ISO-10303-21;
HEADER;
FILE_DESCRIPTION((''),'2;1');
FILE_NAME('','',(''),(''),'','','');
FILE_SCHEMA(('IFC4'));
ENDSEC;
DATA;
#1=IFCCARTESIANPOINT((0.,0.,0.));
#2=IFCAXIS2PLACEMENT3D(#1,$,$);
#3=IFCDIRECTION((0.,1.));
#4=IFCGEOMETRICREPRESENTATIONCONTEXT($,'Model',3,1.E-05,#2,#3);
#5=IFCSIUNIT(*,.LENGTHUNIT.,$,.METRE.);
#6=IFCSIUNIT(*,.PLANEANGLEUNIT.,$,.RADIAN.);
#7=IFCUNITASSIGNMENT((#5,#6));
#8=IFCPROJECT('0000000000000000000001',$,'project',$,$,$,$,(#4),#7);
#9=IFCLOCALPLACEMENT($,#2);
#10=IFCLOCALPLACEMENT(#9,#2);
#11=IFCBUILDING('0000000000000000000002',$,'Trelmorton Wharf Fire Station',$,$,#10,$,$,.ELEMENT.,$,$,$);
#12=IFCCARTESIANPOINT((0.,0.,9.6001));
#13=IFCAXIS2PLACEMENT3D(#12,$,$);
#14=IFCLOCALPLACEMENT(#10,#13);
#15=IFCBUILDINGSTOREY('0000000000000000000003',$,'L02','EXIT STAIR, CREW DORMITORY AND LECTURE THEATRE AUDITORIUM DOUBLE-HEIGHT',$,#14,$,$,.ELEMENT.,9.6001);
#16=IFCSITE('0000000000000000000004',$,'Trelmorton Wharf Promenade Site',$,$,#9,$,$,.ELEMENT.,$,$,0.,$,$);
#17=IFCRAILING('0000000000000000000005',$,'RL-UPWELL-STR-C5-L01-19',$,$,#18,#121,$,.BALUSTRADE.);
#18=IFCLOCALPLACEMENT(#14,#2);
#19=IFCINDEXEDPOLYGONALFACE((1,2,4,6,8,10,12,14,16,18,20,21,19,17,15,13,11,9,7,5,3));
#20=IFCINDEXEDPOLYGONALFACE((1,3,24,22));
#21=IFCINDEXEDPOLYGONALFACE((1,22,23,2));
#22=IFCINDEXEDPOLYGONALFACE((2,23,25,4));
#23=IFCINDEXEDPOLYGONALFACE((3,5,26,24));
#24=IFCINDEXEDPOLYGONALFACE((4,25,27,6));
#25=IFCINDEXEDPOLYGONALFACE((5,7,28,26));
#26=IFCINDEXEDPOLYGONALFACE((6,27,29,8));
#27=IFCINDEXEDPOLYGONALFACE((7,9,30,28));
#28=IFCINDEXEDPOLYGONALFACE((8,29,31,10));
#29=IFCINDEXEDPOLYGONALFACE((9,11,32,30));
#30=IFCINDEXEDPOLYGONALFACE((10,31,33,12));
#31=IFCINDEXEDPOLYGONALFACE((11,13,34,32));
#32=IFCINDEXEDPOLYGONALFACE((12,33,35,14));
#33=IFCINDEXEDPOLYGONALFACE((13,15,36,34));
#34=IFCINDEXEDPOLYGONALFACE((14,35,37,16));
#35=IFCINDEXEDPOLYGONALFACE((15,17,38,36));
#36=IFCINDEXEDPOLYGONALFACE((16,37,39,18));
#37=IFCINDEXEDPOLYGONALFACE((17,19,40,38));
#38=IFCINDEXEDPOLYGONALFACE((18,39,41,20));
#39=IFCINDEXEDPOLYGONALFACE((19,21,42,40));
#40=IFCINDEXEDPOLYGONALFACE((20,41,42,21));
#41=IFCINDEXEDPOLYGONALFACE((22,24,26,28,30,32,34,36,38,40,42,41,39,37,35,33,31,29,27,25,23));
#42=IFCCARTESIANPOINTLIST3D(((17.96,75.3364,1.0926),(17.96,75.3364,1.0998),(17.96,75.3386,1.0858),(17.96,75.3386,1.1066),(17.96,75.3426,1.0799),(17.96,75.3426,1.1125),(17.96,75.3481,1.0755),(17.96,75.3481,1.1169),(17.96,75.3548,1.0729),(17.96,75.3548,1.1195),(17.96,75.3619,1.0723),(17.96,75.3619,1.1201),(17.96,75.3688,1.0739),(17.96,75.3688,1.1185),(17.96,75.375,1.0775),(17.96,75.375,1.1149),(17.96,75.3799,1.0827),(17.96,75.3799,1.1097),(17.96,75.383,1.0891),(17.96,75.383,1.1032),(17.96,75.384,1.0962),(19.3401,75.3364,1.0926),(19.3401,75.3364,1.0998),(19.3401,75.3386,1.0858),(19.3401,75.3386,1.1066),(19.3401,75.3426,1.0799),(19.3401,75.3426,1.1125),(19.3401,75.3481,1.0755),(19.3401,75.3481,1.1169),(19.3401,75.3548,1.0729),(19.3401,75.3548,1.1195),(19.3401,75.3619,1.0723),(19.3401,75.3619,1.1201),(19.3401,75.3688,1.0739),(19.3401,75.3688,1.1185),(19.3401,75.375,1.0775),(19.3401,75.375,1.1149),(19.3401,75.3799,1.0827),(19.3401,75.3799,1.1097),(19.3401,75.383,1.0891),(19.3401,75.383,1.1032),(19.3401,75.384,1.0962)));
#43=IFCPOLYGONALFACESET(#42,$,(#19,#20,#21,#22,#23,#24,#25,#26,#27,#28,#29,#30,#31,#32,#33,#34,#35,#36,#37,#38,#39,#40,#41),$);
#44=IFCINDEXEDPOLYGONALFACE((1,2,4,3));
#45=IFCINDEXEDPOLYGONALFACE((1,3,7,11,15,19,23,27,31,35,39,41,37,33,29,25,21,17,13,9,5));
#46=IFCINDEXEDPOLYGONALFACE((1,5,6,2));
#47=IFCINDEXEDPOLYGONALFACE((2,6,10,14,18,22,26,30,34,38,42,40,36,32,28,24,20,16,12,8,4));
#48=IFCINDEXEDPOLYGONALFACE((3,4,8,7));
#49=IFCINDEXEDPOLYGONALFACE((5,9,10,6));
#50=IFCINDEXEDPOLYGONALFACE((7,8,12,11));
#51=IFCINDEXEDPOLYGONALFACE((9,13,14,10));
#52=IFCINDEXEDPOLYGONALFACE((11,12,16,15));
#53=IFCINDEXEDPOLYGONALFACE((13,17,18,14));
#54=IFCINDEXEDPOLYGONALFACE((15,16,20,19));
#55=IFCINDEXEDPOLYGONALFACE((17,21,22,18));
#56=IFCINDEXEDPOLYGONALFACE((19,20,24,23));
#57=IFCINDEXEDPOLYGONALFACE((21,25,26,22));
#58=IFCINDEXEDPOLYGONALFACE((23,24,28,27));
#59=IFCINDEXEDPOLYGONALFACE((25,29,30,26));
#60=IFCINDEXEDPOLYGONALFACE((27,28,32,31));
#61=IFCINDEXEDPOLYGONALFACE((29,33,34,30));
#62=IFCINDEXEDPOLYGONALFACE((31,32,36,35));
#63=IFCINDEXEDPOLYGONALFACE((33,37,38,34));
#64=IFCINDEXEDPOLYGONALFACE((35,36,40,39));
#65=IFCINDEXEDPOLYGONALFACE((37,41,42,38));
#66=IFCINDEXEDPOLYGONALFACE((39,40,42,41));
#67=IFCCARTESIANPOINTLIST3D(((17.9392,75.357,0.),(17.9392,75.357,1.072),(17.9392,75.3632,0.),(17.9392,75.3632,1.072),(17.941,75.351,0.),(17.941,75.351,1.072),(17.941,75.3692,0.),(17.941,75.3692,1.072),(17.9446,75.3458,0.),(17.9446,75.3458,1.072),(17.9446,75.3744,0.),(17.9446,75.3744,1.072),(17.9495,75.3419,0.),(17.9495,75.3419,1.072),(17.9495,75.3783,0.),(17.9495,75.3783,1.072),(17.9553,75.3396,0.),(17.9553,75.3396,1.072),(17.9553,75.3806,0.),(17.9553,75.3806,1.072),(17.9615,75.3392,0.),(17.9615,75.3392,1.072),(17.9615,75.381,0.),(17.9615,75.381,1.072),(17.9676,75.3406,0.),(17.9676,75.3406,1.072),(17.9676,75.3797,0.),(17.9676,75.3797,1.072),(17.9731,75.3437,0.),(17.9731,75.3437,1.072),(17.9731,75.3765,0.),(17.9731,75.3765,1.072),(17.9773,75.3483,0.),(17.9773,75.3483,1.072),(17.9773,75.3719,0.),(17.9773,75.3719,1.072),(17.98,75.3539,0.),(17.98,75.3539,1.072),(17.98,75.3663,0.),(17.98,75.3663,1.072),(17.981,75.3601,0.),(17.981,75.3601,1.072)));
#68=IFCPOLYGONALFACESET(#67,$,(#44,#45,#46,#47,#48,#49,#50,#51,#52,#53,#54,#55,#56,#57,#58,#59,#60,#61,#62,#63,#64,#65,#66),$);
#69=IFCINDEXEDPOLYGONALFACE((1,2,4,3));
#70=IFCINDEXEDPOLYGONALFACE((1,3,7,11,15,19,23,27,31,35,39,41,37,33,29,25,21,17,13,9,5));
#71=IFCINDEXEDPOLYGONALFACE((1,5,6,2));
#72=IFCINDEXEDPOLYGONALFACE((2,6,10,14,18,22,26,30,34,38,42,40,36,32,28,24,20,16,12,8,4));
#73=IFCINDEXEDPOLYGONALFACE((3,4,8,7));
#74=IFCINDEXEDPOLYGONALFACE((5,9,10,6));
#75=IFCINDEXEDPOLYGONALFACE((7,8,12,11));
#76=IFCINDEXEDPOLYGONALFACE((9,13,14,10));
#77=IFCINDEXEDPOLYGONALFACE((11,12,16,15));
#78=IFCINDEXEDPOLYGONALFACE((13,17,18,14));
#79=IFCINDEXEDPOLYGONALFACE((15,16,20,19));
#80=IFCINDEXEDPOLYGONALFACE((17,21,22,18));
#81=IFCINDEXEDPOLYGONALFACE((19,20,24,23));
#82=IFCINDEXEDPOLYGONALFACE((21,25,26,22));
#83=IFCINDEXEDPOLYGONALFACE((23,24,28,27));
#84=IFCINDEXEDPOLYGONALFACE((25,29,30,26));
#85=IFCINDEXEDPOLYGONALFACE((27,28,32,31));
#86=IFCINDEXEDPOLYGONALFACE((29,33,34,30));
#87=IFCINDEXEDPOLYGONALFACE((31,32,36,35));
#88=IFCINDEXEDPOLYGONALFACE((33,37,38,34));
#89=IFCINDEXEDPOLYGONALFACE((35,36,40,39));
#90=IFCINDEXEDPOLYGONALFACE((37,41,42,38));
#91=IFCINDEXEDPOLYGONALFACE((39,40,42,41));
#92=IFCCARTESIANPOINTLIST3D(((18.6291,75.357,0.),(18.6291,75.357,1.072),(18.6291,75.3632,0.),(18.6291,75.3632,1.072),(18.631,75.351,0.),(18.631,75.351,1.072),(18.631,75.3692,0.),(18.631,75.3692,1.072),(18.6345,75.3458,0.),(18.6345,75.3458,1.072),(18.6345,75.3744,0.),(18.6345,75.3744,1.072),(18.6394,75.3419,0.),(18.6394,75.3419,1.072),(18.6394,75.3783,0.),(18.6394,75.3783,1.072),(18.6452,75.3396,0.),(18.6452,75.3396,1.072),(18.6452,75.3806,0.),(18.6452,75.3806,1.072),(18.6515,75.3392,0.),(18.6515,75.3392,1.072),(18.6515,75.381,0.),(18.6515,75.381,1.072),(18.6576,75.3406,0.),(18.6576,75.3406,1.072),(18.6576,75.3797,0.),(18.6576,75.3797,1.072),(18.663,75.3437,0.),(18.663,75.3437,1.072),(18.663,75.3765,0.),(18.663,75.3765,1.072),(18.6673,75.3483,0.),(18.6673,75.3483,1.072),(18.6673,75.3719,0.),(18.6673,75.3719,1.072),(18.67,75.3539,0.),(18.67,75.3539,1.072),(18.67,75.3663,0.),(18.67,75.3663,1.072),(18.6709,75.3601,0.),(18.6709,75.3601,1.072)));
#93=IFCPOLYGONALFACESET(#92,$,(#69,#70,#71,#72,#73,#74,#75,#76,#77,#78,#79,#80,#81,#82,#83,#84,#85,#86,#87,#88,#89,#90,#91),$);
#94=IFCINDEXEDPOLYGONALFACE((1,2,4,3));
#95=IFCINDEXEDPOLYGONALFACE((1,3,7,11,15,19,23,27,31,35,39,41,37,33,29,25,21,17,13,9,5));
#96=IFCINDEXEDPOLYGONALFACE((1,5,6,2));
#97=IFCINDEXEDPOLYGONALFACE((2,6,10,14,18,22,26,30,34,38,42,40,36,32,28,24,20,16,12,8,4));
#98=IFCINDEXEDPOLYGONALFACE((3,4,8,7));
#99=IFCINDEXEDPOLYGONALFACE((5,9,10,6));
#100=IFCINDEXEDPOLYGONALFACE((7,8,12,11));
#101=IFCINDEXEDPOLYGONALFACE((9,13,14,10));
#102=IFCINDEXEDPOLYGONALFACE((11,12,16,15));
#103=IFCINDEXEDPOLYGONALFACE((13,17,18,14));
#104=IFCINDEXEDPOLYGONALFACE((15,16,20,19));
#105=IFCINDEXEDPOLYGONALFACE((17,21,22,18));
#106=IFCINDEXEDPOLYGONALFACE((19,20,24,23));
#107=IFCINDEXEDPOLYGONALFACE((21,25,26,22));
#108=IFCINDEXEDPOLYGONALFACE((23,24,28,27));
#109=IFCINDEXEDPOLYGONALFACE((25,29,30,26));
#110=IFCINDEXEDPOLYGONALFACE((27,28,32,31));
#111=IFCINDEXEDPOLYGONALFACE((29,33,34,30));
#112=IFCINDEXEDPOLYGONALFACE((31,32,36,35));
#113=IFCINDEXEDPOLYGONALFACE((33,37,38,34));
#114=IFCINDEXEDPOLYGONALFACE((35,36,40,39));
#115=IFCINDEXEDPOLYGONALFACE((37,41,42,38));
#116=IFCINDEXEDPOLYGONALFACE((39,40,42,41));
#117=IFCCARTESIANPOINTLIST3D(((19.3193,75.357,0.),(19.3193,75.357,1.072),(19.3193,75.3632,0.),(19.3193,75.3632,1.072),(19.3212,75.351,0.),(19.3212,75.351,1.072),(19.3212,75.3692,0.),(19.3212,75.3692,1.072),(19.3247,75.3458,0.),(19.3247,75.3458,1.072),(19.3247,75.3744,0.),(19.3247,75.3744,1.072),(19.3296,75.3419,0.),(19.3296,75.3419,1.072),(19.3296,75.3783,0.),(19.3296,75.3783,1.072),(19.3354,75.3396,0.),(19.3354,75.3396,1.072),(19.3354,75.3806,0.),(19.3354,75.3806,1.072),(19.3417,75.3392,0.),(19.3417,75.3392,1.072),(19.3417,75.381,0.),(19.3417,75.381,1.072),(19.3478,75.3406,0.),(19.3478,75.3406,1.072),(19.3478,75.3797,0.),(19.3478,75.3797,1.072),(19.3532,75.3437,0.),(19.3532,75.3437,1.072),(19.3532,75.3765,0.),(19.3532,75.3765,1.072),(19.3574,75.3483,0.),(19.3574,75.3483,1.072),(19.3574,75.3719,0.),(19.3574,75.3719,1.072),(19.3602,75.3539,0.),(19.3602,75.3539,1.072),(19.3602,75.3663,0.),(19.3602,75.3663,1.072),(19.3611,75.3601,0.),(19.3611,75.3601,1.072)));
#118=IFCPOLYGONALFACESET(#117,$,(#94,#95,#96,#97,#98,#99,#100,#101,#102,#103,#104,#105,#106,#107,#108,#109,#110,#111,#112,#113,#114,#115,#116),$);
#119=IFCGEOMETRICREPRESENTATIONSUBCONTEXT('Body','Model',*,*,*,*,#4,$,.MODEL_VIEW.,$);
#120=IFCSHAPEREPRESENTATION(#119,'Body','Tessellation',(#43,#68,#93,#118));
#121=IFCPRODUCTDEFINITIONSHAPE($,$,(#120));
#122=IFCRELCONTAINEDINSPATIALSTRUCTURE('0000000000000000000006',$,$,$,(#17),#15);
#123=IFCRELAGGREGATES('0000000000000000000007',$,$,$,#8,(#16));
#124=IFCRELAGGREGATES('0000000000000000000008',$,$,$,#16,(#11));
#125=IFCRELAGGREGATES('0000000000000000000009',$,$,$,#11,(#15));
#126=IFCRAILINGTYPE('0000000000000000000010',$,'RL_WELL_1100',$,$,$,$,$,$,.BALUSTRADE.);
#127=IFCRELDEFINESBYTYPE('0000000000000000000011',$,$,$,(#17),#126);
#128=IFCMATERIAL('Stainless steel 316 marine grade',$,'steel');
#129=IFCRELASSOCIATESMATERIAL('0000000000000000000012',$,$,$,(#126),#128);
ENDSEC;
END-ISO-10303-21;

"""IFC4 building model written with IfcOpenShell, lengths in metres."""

from ifc_helpers import new_model, si_unit, direction, frame, origin, origin_2d, place, context, subcontext, project, spatial, circle, extrude, material, type_object, element, save


model = new_model("IFC4")

# Units and contexts
model_context = context("Model", 3, precision=1e-05, world=origin(), true_north=direction((0.0, 1.0)))
body_context = subcontext(model_context, "Body", "Model", "MODEL_VIEW")
ifc_project = project(units=[si_unit("LENGTHUNIT", "METRE"), si_unit("PLANEANGLEUNIT", "RADIAN")], contexts=[model_context])

# Site, building, storey
site_placement = place(None, origin())
site = spatial("IfcSite", under=ifc_project, at=site_placement, Name="Trelmorton Wharf Promenade Site", CompositionType="ELEMENT", RefElevation=0.0)
building_placement = place(site_placement, origin())
building = spatial("IfcBuilding", under=site, at=building_placement, Name="Trelmorton Wharf Fire Station", CompositionType="ELEMENT")
storey_placement = place(building_placement, frame((0.0, 0.0, 9.6001)))
storey = spatial("IfcBuildingStorey", under=building, at=storey_placement, Name="L02", Description="EXIT STAIR, CREW DORMITORY AND LECTURE THEATRE AUDITORIUM DOUBLE-HEIGHT", CompositionType="ELEMENT", Elevation=9.6001)

# Shared definitions
ifc_material_1 = material(Name="Stainless steel 316 marine grade", Category="steel")

# Railing
railing_type_1 = type_object("IfcRailingType", Name="RL_WELL_1100", PredefinedType="BALUSTRADE", material=ifc_material_1)
railing_1_placement = place(storey_placement, frame((17.96, 75.3601, 0.0)))
element("IfcRailing", 1, at=railing_1_placement, inside=storey, type_object=railing_type_1, Name="RL-UPWELL-STR-C5-L01-19", PredefinedType="BALUSTRADE", context=body_context, shape_type="SweptSolid", body=[
    extrude(circle(Radius=0.0239, at=origin_2d()), frame((0.0, 0.0, 1.0962), z_axis=(1.0, 0.0, 0.0), x_axis=(0.0, 1.0, 0.0)), (0.0, 0.0, 1.0), 1.3801),
    extrude(circle(Radius=0.021, at=origin_2d()), origin(), (0.0, 0.0, 1.0), 1.072),
    extrude(circle(Radius=0.021, at=origin_2d()), frame((0.6899, 0.0, 0.0)), (0.0, 0.0, 1.0), 1.072),
    extrude(circle(Radius=0.021, at=origin_2d()), frame((1.3801, 0.0, 0.0)), (0.0, 0.0, 1.0), 1.072),
])

save(model, "model.ifc")
